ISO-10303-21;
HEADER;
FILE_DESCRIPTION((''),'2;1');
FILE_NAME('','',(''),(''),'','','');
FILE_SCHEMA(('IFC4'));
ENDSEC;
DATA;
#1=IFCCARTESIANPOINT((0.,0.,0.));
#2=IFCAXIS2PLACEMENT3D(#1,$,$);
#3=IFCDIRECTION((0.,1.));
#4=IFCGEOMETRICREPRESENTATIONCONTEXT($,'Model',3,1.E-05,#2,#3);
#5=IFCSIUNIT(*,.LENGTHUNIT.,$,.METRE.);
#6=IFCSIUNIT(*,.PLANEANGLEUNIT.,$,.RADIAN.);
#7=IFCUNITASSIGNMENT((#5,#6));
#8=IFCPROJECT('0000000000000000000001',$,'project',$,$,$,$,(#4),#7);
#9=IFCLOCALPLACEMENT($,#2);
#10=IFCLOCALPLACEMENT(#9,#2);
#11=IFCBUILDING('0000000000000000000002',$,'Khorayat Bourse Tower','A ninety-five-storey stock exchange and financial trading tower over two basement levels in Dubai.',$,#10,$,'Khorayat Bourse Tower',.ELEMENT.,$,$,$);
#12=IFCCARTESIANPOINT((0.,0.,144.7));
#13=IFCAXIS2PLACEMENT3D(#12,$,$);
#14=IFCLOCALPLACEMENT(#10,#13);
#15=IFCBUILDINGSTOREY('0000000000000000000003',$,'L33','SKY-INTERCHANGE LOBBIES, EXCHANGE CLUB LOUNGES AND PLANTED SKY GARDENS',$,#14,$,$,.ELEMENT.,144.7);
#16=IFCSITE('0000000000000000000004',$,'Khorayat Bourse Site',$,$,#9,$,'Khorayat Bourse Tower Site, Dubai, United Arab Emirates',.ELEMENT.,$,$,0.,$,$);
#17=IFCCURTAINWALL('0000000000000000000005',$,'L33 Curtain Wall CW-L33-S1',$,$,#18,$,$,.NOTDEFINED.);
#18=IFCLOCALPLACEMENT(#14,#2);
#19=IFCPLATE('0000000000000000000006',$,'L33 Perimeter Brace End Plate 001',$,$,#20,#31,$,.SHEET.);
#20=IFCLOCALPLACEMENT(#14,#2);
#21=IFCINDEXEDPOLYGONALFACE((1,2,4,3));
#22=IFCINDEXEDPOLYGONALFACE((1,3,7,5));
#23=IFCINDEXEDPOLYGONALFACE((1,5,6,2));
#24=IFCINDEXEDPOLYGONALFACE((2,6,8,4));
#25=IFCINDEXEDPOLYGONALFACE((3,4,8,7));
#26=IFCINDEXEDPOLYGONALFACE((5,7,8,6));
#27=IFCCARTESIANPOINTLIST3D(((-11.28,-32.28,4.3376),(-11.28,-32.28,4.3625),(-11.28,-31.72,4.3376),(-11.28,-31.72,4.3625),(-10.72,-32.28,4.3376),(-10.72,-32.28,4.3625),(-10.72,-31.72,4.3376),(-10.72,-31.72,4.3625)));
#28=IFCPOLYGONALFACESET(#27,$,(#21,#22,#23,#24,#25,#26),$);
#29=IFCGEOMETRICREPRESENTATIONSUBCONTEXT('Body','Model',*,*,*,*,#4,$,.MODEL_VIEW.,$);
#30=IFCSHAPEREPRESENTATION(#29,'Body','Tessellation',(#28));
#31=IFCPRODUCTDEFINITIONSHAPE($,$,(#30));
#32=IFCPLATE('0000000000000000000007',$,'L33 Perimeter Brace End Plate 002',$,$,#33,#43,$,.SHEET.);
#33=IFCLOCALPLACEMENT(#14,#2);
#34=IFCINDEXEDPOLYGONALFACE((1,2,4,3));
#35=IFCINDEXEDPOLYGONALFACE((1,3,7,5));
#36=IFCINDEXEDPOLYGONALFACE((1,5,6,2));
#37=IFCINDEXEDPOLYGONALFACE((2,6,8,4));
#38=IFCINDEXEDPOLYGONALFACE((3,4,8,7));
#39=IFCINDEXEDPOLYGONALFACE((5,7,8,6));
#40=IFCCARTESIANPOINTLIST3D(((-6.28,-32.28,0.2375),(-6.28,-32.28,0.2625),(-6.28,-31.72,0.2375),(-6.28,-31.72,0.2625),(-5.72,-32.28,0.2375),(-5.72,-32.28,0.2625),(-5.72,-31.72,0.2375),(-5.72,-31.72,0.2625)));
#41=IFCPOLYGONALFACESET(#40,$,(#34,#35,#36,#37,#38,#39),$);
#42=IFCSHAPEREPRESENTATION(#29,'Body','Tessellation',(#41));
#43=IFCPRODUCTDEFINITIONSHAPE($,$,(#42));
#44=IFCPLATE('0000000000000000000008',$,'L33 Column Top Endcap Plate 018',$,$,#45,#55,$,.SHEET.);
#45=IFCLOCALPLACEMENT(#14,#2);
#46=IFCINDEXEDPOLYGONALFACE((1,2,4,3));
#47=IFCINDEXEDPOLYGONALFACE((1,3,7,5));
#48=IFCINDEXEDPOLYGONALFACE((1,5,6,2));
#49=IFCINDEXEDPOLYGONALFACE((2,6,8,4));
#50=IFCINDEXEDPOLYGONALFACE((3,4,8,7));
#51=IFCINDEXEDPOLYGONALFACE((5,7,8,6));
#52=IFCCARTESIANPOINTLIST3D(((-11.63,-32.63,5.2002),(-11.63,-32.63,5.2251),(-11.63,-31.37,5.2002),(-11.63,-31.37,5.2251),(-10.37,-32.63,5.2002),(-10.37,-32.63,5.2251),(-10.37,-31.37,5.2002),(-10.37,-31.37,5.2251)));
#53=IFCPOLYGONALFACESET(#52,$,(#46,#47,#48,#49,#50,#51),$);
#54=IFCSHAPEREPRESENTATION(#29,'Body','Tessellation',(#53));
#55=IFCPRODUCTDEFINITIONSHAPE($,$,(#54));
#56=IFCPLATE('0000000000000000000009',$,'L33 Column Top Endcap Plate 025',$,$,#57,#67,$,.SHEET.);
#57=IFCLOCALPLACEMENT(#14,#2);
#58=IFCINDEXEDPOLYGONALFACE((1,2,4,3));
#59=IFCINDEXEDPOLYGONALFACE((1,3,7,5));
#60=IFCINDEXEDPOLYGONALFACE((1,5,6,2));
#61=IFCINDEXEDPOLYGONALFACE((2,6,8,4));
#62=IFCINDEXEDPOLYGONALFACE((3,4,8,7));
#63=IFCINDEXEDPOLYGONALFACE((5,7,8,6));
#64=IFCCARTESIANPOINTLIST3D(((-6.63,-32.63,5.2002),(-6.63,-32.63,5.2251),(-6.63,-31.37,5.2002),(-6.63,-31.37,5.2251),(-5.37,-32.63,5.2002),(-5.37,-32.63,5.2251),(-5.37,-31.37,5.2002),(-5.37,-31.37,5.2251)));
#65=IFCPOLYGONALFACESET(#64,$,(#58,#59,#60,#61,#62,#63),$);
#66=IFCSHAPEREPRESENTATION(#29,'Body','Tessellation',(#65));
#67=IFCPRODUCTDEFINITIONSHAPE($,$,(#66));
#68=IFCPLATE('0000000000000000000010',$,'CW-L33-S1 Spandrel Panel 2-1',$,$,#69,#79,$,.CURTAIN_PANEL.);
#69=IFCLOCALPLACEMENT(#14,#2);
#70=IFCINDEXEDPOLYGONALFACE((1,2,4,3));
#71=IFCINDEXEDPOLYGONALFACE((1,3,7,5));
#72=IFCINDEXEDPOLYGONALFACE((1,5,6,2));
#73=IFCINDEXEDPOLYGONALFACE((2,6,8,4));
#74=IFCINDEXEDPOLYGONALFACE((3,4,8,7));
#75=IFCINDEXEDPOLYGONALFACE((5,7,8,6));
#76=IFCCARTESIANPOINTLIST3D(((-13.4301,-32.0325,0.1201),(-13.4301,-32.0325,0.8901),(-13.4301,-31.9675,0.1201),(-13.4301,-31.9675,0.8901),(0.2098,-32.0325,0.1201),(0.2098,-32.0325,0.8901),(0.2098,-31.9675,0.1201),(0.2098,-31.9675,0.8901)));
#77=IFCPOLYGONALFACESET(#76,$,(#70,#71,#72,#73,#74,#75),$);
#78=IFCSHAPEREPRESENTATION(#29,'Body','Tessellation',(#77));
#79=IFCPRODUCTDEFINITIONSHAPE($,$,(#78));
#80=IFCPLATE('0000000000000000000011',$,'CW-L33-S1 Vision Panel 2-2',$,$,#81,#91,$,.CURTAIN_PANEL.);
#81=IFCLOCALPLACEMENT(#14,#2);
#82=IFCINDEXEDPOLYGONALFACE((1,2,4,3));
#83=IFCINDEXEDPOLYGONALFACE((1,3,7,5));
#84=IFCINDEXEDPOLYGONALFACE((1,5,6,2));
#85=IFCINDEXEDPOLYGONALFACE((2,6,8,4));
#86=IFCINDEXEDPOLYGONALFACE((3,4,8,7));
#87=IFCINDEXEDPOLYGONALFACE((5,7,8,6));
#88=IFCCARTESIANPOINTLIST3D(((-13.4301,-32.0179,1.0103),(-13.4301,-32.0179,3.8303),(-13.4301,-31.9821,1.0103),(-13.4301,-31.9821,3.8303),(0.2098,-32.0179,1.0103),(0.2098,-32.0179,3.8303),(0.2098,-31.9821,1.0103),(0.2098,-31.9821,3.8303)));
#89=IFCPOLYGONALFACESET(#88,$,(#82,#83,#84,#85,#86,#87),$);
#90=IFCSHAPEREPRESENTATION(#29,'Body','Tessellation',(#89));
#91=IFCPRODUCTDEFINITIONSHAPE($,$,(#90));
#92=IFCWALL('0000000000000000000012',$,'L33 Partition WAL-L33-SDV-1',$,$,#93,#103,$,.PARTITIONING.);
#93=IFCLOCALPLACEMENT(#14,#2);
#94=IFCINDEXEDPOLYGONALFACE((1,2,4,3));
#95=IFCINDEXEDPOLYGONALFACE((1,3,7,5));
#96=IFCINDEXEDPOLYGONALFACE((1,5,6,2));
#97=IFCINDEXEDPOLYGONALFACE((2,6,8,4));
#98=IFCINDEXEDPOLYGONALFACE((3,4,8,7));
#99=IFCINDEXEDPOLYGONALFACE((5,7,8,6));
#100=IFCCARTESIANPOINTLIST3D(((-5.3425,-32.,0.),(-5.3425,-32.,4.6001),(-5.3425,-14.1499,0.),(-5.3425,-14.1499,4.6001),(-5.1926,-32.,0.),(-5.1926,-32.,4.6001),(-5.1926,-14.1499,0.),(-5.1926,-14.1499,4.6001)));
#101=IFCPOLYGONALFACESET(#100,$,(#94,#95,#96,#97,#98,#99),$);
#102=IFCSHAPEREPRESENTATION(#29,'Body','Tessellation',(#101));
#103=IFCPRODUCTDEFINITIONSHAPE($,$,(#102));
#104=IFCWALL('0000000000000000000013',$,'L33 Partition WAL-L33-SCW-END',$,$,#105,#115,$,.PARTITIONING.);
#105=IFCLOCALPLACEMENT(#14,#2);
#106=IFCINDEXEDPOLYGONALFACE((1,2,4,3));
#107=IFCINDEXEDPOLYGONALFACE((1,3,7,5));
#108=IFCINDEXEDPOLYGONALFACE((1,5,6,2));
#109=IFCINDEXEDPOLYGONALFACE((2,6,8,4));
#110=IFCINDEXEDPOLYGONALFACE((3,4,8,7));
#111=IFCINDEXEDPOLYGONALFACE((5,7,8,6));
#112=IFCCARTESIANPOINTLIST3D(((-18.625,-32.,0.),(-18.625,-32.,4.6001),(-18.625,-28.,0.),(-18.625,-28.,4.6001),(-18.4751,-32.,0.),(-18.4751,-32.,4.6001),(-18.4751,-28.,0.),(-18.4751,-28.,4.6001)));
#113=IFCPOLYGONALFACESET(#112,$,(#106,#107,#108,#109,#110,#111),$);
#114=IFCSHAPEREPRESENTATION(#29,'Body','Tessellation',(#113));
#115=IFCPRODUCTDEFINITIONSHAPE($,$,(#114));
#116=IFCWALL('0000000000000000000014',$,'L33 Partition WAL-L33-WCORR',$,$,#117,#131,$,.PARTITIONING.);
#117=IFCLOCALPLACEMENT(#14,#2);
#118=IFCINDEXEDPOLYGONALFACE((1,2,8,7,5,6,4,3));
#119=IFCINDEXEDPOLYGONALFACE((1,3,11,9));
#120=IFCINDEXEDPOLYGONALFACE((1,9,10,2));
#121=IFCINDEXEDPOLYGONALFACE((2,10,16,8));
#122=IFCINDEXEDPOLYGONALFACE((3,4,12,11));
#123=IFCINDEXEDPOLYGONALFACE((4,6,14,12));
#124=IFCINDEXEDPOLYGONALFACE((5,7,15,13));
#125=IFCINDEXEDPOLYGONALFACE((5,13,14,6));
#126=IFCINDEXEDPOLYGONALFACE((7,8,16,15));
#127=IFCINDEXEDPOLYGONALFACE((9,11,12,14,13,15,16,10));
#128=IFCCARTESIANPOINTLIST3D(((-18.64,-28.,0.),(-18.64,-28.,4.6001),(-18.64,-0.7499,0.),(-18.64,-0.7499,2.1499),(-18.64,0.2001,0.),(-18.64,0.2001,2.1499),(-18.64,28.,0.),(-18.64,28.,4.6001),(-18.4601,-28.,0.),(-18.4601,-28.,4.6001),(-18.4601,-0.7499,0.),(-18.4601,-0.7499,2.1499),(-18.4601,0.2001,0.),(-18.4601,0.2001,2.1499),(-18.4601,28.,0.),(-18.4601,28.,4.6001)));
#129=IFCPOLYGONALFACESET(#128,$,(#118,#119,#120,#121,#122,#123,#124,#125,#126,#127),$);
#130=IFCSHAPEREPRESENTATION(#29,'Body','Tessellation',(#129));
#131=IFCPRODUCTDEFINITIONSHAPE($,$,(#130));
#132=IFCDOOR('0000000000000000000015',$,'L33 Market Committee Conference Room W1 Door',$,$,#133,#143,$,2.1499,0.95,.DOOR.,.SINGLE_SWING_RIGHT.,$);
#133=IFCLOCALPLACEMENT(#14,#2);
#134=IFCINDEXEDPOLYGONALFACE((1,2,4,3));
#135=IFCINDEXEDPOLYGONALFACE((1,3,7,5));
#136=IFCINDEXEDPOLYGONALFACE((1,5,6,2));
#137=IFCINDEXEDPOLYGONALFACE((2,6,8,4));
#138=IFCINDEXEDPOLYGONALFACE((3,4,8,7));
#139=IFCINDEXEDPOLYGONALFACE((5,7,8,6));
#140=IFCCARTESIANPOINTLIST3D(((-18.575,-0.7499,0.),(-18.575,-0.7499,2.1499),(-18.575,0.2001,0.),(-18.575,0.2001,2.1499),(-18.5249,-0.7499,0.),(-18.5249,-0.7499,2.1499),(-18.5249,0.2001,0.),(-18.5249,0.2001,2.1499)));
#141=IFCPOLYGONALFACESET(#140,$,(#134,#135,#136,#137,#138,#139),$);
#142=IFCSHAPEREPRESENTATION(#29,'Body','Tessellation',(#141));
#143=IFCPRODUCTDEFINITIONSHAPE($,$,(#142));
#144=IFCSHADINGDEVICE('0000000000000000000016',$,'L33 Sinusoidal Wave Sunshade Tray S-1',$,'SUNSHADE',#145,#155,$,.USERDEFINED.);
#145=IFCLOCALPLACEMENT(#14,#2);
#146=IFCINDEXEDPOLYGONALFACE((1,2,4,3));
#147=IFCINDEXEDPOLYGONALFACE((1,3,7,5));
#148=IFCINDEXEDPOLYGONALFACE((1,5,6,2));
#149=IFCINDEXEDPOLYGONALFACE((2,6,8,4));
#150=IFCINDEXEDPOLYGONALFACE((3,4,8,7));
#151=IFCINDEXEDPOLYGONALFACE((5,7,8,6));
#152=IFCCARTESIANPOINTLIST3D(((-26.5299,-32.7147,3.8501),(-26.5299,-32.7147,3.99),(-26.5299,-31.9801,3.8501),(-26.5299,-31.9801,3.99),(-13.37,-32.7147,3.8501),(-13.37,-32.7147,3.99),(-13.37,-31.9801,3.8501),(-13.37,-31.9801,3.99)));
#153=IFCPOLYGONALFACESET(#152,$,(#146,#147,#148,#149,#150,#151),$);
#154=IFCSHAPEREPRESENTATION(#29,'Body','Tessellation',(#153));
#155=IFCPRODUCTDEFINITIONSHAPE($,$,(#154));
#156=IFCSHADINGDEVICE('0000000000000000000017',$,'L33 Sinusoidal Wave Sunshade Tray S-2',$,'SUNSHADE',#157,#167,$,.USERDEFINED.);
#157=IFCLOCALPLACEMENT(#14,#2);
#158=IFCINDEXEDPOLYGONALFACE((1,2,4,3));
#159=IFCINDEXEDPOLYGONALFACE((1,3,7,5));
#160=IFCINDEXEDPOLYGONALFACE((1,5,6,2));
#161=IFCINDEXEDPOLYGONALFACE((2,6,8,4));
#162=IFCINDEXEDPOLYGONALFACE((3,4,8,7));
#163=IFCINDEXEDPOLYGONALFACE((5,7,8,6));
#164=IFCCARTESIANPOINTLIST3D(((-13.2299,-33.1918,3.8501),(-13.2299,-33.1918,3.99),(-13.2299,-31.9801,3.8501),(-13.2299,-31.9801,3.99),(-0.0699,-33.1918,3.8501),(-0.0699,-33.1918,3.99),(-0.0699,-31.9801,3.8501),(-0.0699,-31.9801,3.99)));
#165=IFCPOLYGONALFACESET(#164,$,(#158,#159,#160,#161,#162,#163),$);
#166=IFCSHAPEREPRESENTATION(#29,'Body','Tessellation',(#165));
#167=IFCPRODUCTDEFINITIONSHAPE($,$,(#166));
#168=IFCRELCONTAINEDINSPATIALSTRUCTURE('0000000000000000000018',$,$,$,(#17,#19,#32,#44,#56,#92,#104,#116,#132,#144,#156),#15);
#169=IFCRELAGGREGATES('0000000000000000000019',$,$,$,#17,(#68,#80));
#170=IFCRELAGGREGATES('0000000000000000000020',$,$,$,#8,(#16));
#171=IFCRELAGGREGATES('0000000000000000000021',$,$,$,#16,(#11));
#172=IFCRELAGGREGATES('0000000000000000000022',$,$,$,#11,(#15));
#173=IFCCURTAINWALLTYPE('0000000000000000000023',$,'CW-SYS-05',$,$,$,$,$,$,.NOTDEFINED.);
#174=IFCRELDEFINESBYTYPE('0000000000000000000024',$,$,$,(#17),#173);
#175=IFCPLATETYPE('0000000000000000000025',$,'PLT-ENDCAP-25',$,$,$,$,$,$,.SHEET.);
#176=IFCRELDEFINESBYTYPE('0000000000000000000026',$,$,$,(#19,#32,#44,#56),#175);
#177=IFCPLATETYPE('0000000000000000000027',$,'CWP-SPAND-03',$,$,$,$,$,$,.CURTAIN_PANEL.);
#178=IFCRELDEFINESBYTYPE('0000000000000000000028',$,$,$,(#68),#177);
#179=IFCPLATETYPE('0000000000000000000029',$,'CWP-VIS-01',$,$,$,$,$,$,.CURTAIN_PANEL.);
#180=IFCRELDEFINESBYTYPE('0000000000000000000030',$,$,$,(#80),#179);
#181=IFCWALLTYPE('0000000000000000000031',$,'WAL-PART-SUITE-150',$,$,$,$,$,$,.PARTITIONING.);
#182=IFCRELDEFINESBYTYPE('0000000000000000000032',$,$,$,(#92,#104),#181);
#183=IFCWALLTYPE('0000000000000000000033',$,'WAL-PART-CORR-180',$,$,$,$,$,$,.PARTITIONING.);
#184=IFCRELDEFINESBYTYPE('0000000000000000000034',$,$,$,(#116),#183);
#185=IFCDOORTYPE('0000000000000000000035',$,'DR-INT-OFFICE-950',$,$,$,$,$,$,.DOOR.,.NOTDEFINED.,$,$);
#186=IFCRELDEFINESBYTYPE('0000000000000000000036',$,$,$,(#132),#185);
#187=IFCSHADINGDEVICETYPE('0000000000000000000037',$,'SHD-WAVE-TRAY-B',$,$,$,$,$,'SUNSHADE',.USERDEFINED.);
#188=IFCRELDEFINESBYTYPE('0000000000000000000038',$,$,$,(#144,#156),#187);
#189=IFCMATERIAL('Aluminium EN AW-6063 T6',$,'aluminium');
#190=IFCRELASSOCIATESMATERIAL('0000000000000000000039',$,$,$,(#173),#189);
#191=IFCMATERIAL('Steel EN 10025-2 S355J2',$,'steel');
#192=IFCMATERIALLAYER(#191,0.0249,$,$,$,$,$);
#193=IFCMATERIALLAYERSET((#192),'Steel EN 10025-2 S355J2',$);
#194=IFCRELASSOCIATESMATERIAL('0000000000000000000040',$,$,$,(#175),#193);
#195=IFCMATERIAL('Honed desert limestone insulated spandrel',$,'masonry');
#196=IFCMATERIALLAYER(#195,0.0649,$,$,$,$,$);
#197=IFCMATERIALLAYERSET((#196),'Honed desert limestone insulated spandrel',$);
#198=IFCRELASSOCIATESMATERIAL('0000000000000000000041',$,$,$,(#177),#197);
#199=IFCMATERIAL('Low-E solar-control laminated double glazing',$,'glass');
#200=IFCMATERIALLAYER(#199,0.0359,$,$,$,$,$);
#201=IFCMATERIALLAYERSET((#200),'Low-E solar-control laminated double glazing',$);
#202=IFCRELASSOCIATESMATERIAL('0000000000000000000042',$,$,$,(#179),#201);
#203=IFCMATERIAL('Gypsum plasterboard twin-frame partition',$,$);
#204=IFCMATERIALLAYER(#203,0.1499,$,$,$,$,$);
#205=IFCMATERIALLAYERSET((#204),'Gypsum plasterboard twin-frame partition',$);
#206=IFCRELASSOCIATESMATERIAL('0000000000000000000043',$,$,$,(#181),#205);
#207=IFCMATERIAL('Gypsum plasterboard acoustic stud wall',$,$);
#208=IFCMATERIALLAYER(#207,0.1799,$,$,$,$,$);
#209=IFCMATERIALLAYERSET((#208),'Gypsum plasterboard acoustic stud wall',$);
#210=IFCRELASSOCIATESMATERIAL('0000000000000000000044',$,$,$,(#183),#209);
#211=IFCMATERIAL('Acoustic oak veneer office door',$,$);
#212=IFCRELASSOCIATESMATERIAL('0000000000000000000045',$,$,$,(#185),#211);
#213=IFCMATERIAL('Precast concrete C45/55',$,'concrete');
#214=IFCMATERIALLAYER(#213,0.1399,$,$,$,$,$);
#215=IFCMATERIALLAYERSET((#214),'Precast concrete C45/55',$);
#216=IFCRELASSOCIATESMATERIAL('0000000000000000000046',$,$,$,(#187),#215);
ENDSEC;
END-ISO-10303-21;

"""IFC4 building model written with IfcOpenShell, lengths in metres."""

from ifc_helpers import new_model, si_unit, direction, frame, frame_2d, origin, origin_2d, place, context, subcontext, project, spatial, rectangle, extrude, source, transform, mapped, material, layer, layer_set, type_object, element, fill, aggregate, save


model = new_model("IFC4")

# Units and contexts
model_context = context("Model", 3, precision=1e-05, world=origin(), true_north=direction((0.0, 1.0)))
body_context = subcontext(model_context, "Body", "Model", "MODEL_VIEW")
ifc_project = project(units=[si_unit("LENGTHUNIT", "METRE"), si_unit("PLANEANGLEUNIT", "RADIAN")], contexts=[model_context])

# Site, building, storey
site_placement = place(None, origin())
site = spatial("IfcSite", under=ifc_project, at=site_placement, Name="Khorayat Bourse Site", LongName="Khorayat Bourse Tower Site, Dubai, United Arab Emirates", CompositionType="ELEMENT", RefElevation=0.0)
building_placement = place(site_placement, origin())
building = spatial("IfcBuilding", under=site, at=building_placement, Name="Khorayat Bourse Tower", Description="A ninety-five-storey stock exchange and financial trading tower over two basement levels in Dubai.", LongName="Khorayat Bourse Tower", CompositionType="ELEMENT")
storey_placement = place(building_placement, frame((0.0, 0.0, 144.7)))
storey = spatial("IfcBuildingStorey", under=building, at=storey_placement, Name="L33", Description="SKY-INTERCHANGE LOBBIES, EXCHANGE CLUB LOUNGES AND PLANTED SKY GARDENS", CompositionType="ELEMENT", Elevation=144.7)

# Curtain wall
ifc_material_1 = material(Name="Aluminium EN AW-6063 T6", Category="aluminium")
curtain_wall_type = type_object("IfcCurtainWallType", Name="CW-SYS-05", PredefinedType="NOTDEFINED", material=ifc_material_1)
curtain_wall_placement = place(storey_placement, origin())
curtain_wall = element("IfcCurtainWall", 1, at=curtain_wall_placement, inside=storey, type_object=curtain_wall_type, Name="L33 Curtain Wall CW-L33-S1", PredefinedType="NOTDEFINED")

# Plates
ifc_material_2 = material(Name="Steel EN 10025-2 S355J2", Category="steel")
ifc_layer_1 = layer(ifc_material_2, 0.0249)
ifc_layer_set_1 = layer_set([ifc_layer_1], Name="Steel EN 10025-2 S355J2")
plate_type_1 = type_object("IfcPlateType", Name="PLT-ENDCAP-25", PredefinedType="SHEET", material=ifc_layer_set_1)
shared_shape_1 = source(origin(), body_context, "Body", "SweptSolid", [
    extrude(rectangle(XDim=0.5601, YDim=0.5601, at=origin_2d()), origin(), (0.0, 0.0, 1.0), 0.0249),
])
for number, where, z_axis, x_axis, name in (
    (2, (-11.0, -32.0, 4.3376), (0.0, 0.0, 1.0), (1.0, 0.0, 0.0), "L33 Perimeter Brace End Plate 001"),
    (3, (-6.0, -32.0, 0.2375), (0.0, 0.0, 1.0), (1.0, 0.0, 0.0), "L33 Perimeter Brace End Plate 002"),
):
    element("IfcPlate", number, at=place(storey_placement, frame(where, z_axis=z_axis, x_axis=x_axis)), inside=storey, type_object=plate_type_1, Name=name, PredefinedType="SHEET", context=body_context, shape_type="MappedRepresentation", body=[
        mapped(shared_shape_1, transform((0.0, 0.0, 0.0), scale=1.0)),
    ])
shared_shape_2 = source(origin(), body_context, "Body", "SweptSolid", [
    extrude(rectangle(XDim=1.26, YDim=1.26, at=origin_2d()), origin(), (0.0, 0.0, 1.0), 0.0249),
])
for number, where, z_axis, x_axis, name in (
    (4, (-11.0, -32.0, 5.2002), (0.0, 0.0, 1.0), (1.0, 0.0, 0.0), "L33 Column Top Endcap Plate 018"),
    (5, (-6.0, -32.0, 5.2002), (0.0, 0.0, 1.0), (1.0, 0.0, 0.0), "L33 Column Top Endcap Plate 025"),
):
    element("IfcPlate", number, at=place(storey_placement, frame(where, z_axis=z_axis, x_axis=x_axis)), inside=storey, type_object=plate_type_1, Name=name, PredefinedType="SHEET", context=body_context, shape_type="MappedRepresentation", body=[
        mapped(shared_shape_2, transform((0.0, 0.0, 0.0), scale=1.0)),
    ])

# Plates
ifc_material_3 = material(Name="Honed desert limestone insulated spandrel", Category="masonry")
ifc_layer_2 = layer(ifc_material_3, 0.0649)
ifc_layer_set_2 = layer_set([ifc_layer_2], Name="Honed desert limestone insulated spandrel")
plate_type_2 = type_object("IfcPlateType", Name="CWP-SPAND-03", PredefinedType="CURTAIN_PANEL", material=ifc_layer_set_2)
shared_shape_3 = source(origin(), body_context, "Body", "SweptSolid", [
    extrude(rectangle(XDim=13.6399, YDim=0.0649, at=origin_2d()), origin(), (0.0, 0.0, 1.0), 0.77),
])
plate_1_placement = place(storey_placement, frame((-6.6101, -32.0, 0.1201), z_axis=(0.0, 0.0, 1.0), x_axis=(1.0, 0.0, 0.0)))
plate_1 = element("IfcPlate", 6, at=plate_1_placement, type_object=plate_type_2, Name="CW-L33-S1 Spandrel Panel 2-1", PredefinedType="CURTAIN_PANEL", context=body_context, shape_type="MappedRepresentation", body=[
    mapped(shared_shape_3, transform((0.0, 0.0, 0.0), scale=1.0)),
])
ifc_material_4 = material(Name="Low-E solar-control laminated double glazing", Category="glass")
ifc_layer_3 = layer(ifc_material_4, 0.0359)
ifc_layer_set_3 = layer_set([ifc_layer_3], Name="Low-E solar-control laminated double glazing")
plate_type_3 = type_object("IfcPlateType", Name="CWP-VIS-01", PredefinedType="CURTAIN_PANEL", material=ifc_layer_set_3)
shared_shape_4 = source(origin(), body_context, "Body", "SweptSolid", [
    extrude(rectangle(XDim=13.6399, YDim=0.0359, at=origin_2d()), origin(), (0.0, 0.0, 1.0), 2.8201),
])
plate_2_placement = place(storey_placement, frame((-6.6101, -32.0, 1.0103), z_axis=(0.0, 0.0, 1.0), x_axis=(1.0, 0.0, 0.0)))
plate_2 = element("IfcPlate", 7, at=plate_2_placement, type_object=plate_type_3, Name="CW-L33-S1 Vision Panel 2-2", PredefinedType="CURTAIN_PANEL", context=body_context, shape_type="MappedRepresentation", body=[
    mapped(shared_shape_4, transform((0.0, 0.0, 0.0), scale=1.0)),
])
aggregate(curtain_wall, [plate_1, plate_2])

# Walls
ifc_material_5 = material(Name="Gypsum plasterboard twin-frame partition")
ifc_layer_4 = layer(ifc_material_5, 0.1499)
ifc_layer_set_4 = layer_set([ifc_layer_4], Name="Gypsum plasterboard twin-frame partition")
wall_type_1 = type_object("IfcWallType", Name="WAL-PART-SUITE-150", PredefinedType="PARTITIONING", material=ifc_layer_set_4)
shared_shape_5 = source(origin(), body_context, "Body", "SweptSolid", [
    extrude(rectangle(XDim=17.8501, YDim=0.1499, at=frame_2d((8.925, 0.0))), origin(), (0.0, 0.0, 1.0), 4.6001),
])
wall_1_placement = place(storey_placement, frame((-5.2676, -32.0, 0.0), z_axis=(0.0, 0.0, 1.0), x_axis=(0.0, 1.0, 0.0)))
element("IfcWall", 8, at=wall_1_placement, inside=storey, type_object=wall_type_1, Name="L33 Partition WAL-L33-SDV-1", PredefinedType="PARTITIONING", context=body_context, shape_type="MappedRepresentation", body=[
    mapped(shared_shape_5, transform((0.0, 0.0, 0.0), scale=1.0)),
])
shared_shape_6 = source(origin(), body_context, "Body", "SweptSolid", [
    extrude(rectangle(XDim=4.0, YDim=0.1499, at=frame_2d((2.0, 0.0))), origin(), (0.0, 0.0, 1.0), 4.6001),
])
wall_2_placement = place(storey_placement, frame((-18.55, -32.0, 0.0), z_axis=(0.0, 0.0, 1.0), x_axis=(0.0, 1.0, 0.0)))
element("IfcWall", 9, at=wall_2_placement, inside=storey, type_object=wall_type_1, Name="L33 Partition WAL-L33-SCW-END", PredefinedType="PARTITIONING", context=body_context, shape_type="MappedRepresentation", body=[
    mapped(shared_shape_6, transform((0.0, 0.0, 0.0), scale=1.0)),
])

# Wall, opening, door
ifc_material_6 = material(Name="Gypsum plasterboard acoustic stud wall")
ifc_layer_5 = layer(ifc_material_6, 0.1799)
ifc_layer_set_5 = layer_set([ifc_layer_5], Name="Gypsum plasterboard acoustic stud wall")
wall_type_2 = type_object("IfcWallType", Name="WAL-PART-CORR-180", PredefinedType="PARTITIONING", material=ifc_layer_set_5)
shared_shape_7 = source(origin(), body_context, "Body", "SweptSolid", [
    extrude(rectangle(XDim=56.0, YDim=0.1799, at=frame_2d((28.0, 0.0))), origin(), (0.0, 0.0, 1.0), 4.6001),
])
wall_3_placement = place(storey_placement, frame((-18.55, -28.0, 0.0), z_axis=(0.0, 0.0, 1.0), x_axis=(0.0, 1.0, 0.0)))
wall_3 = element("IfcWall", 10, at=wall_3_placement, inside=storey, type_object=wall_type_2, Name="L33 Partition WAL-L33-WCORR", PredefinedType="PARTITIONING", context=body_context, shape_type="MappedRepresentation", body=[
    mapped(shared_shape_7, transform((0.0, 0.0, 0.0), scale=1.0)),
])
shared_shape_8 = source(origin(), body_context, "Body", "SweptSolid", [
    extrude(rectangle(XDim=0.95, YDim=2.1499, at=frame_2d((0.4751, 1.075))), frame((0.0, 0.0999, 0.0), z_axis=(0.0, -1.0, 0.0), x_axis=(1.0, 0.0, 0.0)), (0.0, 0.0, 1.0), 0.2),
])
opening_placement = place(wall_3_placement, frame((27.25, 0.0, 0.0)))
opening = element("IfcOpeningElement", 11, at=opening_placement, cuts=wall_3, PredefinedType="OPENING", context=body_context, shape_type="MappedRepresentation", body=[
    mapped(shared_shape_8, transform((0.0, 0.0, 0.0), scale=1.0)),
])
ifc_material_7 = material(Name="Acoustic oak veneer office door")
door_type = type_object("IfcDoorType", Name="DR-INT-OFFICE-950", OperationType="NOTDEFINED", PredefinedType="DOOR", material=ifc_material_7)
shared_shape_9 = source(origin(), body_context, "Body", "SweptSolid", [
    extrude(rectangle(XDim=0.95, YDim=2.1499, at=frame_2d((0.4751, 1.075))), frame((0.0, 0.0249, 0.0), z_axis=(0.0, -1.0, 0.0), x_axis=(1.0, 0.0, 0.0)), (0.0, 0.0, 1.0), 0.05),
])
door_placement = place(opening_placement, origin())
door = element("IfcDoor", 12, at=door_placement, inside=storey, type_object=door_type, Name="L33 Market Committee Conference Room W1 Door", OperationType="SINGLE_SWING_RIGHT", OverallHeight=2.1499, OverallWidth=0.95, PredefinedType="DOOR", context=body_context, shape_type="MappedRepresentation", body=[
    mapped(shared_shape_9, transform((0.0, 0.0, 0.0), scale=1.0)),
])
fill(opening, door)

# Shading devices
ifc_material_8 = material(Name="Precast concrete C45/55", Category="concrete")
ifc_layer_6 = layer(ifc_material_8, 0.1399)
ifc_layer_set_6 = layer_set([ifc_layer_6], Name="Precast concrete C45/55")
shading_device_type = type_object("IfcShadingDeviceType", Name="SHD-WAVE-TRAY-B", ElementType="SUNSHADE", PredefinedType="USERDEFINED", material=ifc_layer_set_6)
shared_shape_10 = source(origin(), body_context, "Body", "SweptSolid", [
    extrude(rectangle(XDim=13.1599, YDim=0.7346, at=origin_2d()), origin(), (0.0, 0.0, 1.0), 0.1399),
])
shading_device_1_placement = place(storey_placement, frame((-19.95, -32.3474, 3.8501), z_axis=(0.0, 0.0, 1.0), x_axis=(1.0, 0.0, 0.0)))
element("IfcShadingDevice", 13, at=shading_device_1_placement, inside=storey, type_object=shading_device_type, Name="L33 Sinusoidal Wave Sunshade Tray S-1", ObjectType="SUNSHADE", PredefinedType="USERDEFINED", context=body_context, shape_type="MappedRepresentation", body=[
    mapped(shared_shape_10, transform((0.0, 0.0, 0.0), scale=1.0)),
])
shared_shape_11 = source(origin(), body_context, "Body", "SweptSolid", [
    extrude(rectangle(XDim=13.1599, YDim=1.2117, at=origin_2d()), origin(), (0.0, 0.0, 1.0), 0.1399),
])
shading_device_2_placement = place(storey_placement, frame((-6.6499, -32.5859, 3.8501), z_axis=(0.0, 0.0, 1.0), x_axis=(1.0, 0.0, 0.0)))
element("IfcShadingDevice", 14, at=shading_device_2_placement, inside=storey, type_object=shading_device_type, Name="L33 Sinusoidal Wave Sunshade Tray S-2", ObjectType="SUNSHADE", PredefinedType="USERDEFINED", context=body_context, shape_type="MappedRepresentation", body=[
    mapped(shared_shape_11, transform((0.0, 0.0, 0.0), scale=1.0)),
])

save(model, "model.ifc")
